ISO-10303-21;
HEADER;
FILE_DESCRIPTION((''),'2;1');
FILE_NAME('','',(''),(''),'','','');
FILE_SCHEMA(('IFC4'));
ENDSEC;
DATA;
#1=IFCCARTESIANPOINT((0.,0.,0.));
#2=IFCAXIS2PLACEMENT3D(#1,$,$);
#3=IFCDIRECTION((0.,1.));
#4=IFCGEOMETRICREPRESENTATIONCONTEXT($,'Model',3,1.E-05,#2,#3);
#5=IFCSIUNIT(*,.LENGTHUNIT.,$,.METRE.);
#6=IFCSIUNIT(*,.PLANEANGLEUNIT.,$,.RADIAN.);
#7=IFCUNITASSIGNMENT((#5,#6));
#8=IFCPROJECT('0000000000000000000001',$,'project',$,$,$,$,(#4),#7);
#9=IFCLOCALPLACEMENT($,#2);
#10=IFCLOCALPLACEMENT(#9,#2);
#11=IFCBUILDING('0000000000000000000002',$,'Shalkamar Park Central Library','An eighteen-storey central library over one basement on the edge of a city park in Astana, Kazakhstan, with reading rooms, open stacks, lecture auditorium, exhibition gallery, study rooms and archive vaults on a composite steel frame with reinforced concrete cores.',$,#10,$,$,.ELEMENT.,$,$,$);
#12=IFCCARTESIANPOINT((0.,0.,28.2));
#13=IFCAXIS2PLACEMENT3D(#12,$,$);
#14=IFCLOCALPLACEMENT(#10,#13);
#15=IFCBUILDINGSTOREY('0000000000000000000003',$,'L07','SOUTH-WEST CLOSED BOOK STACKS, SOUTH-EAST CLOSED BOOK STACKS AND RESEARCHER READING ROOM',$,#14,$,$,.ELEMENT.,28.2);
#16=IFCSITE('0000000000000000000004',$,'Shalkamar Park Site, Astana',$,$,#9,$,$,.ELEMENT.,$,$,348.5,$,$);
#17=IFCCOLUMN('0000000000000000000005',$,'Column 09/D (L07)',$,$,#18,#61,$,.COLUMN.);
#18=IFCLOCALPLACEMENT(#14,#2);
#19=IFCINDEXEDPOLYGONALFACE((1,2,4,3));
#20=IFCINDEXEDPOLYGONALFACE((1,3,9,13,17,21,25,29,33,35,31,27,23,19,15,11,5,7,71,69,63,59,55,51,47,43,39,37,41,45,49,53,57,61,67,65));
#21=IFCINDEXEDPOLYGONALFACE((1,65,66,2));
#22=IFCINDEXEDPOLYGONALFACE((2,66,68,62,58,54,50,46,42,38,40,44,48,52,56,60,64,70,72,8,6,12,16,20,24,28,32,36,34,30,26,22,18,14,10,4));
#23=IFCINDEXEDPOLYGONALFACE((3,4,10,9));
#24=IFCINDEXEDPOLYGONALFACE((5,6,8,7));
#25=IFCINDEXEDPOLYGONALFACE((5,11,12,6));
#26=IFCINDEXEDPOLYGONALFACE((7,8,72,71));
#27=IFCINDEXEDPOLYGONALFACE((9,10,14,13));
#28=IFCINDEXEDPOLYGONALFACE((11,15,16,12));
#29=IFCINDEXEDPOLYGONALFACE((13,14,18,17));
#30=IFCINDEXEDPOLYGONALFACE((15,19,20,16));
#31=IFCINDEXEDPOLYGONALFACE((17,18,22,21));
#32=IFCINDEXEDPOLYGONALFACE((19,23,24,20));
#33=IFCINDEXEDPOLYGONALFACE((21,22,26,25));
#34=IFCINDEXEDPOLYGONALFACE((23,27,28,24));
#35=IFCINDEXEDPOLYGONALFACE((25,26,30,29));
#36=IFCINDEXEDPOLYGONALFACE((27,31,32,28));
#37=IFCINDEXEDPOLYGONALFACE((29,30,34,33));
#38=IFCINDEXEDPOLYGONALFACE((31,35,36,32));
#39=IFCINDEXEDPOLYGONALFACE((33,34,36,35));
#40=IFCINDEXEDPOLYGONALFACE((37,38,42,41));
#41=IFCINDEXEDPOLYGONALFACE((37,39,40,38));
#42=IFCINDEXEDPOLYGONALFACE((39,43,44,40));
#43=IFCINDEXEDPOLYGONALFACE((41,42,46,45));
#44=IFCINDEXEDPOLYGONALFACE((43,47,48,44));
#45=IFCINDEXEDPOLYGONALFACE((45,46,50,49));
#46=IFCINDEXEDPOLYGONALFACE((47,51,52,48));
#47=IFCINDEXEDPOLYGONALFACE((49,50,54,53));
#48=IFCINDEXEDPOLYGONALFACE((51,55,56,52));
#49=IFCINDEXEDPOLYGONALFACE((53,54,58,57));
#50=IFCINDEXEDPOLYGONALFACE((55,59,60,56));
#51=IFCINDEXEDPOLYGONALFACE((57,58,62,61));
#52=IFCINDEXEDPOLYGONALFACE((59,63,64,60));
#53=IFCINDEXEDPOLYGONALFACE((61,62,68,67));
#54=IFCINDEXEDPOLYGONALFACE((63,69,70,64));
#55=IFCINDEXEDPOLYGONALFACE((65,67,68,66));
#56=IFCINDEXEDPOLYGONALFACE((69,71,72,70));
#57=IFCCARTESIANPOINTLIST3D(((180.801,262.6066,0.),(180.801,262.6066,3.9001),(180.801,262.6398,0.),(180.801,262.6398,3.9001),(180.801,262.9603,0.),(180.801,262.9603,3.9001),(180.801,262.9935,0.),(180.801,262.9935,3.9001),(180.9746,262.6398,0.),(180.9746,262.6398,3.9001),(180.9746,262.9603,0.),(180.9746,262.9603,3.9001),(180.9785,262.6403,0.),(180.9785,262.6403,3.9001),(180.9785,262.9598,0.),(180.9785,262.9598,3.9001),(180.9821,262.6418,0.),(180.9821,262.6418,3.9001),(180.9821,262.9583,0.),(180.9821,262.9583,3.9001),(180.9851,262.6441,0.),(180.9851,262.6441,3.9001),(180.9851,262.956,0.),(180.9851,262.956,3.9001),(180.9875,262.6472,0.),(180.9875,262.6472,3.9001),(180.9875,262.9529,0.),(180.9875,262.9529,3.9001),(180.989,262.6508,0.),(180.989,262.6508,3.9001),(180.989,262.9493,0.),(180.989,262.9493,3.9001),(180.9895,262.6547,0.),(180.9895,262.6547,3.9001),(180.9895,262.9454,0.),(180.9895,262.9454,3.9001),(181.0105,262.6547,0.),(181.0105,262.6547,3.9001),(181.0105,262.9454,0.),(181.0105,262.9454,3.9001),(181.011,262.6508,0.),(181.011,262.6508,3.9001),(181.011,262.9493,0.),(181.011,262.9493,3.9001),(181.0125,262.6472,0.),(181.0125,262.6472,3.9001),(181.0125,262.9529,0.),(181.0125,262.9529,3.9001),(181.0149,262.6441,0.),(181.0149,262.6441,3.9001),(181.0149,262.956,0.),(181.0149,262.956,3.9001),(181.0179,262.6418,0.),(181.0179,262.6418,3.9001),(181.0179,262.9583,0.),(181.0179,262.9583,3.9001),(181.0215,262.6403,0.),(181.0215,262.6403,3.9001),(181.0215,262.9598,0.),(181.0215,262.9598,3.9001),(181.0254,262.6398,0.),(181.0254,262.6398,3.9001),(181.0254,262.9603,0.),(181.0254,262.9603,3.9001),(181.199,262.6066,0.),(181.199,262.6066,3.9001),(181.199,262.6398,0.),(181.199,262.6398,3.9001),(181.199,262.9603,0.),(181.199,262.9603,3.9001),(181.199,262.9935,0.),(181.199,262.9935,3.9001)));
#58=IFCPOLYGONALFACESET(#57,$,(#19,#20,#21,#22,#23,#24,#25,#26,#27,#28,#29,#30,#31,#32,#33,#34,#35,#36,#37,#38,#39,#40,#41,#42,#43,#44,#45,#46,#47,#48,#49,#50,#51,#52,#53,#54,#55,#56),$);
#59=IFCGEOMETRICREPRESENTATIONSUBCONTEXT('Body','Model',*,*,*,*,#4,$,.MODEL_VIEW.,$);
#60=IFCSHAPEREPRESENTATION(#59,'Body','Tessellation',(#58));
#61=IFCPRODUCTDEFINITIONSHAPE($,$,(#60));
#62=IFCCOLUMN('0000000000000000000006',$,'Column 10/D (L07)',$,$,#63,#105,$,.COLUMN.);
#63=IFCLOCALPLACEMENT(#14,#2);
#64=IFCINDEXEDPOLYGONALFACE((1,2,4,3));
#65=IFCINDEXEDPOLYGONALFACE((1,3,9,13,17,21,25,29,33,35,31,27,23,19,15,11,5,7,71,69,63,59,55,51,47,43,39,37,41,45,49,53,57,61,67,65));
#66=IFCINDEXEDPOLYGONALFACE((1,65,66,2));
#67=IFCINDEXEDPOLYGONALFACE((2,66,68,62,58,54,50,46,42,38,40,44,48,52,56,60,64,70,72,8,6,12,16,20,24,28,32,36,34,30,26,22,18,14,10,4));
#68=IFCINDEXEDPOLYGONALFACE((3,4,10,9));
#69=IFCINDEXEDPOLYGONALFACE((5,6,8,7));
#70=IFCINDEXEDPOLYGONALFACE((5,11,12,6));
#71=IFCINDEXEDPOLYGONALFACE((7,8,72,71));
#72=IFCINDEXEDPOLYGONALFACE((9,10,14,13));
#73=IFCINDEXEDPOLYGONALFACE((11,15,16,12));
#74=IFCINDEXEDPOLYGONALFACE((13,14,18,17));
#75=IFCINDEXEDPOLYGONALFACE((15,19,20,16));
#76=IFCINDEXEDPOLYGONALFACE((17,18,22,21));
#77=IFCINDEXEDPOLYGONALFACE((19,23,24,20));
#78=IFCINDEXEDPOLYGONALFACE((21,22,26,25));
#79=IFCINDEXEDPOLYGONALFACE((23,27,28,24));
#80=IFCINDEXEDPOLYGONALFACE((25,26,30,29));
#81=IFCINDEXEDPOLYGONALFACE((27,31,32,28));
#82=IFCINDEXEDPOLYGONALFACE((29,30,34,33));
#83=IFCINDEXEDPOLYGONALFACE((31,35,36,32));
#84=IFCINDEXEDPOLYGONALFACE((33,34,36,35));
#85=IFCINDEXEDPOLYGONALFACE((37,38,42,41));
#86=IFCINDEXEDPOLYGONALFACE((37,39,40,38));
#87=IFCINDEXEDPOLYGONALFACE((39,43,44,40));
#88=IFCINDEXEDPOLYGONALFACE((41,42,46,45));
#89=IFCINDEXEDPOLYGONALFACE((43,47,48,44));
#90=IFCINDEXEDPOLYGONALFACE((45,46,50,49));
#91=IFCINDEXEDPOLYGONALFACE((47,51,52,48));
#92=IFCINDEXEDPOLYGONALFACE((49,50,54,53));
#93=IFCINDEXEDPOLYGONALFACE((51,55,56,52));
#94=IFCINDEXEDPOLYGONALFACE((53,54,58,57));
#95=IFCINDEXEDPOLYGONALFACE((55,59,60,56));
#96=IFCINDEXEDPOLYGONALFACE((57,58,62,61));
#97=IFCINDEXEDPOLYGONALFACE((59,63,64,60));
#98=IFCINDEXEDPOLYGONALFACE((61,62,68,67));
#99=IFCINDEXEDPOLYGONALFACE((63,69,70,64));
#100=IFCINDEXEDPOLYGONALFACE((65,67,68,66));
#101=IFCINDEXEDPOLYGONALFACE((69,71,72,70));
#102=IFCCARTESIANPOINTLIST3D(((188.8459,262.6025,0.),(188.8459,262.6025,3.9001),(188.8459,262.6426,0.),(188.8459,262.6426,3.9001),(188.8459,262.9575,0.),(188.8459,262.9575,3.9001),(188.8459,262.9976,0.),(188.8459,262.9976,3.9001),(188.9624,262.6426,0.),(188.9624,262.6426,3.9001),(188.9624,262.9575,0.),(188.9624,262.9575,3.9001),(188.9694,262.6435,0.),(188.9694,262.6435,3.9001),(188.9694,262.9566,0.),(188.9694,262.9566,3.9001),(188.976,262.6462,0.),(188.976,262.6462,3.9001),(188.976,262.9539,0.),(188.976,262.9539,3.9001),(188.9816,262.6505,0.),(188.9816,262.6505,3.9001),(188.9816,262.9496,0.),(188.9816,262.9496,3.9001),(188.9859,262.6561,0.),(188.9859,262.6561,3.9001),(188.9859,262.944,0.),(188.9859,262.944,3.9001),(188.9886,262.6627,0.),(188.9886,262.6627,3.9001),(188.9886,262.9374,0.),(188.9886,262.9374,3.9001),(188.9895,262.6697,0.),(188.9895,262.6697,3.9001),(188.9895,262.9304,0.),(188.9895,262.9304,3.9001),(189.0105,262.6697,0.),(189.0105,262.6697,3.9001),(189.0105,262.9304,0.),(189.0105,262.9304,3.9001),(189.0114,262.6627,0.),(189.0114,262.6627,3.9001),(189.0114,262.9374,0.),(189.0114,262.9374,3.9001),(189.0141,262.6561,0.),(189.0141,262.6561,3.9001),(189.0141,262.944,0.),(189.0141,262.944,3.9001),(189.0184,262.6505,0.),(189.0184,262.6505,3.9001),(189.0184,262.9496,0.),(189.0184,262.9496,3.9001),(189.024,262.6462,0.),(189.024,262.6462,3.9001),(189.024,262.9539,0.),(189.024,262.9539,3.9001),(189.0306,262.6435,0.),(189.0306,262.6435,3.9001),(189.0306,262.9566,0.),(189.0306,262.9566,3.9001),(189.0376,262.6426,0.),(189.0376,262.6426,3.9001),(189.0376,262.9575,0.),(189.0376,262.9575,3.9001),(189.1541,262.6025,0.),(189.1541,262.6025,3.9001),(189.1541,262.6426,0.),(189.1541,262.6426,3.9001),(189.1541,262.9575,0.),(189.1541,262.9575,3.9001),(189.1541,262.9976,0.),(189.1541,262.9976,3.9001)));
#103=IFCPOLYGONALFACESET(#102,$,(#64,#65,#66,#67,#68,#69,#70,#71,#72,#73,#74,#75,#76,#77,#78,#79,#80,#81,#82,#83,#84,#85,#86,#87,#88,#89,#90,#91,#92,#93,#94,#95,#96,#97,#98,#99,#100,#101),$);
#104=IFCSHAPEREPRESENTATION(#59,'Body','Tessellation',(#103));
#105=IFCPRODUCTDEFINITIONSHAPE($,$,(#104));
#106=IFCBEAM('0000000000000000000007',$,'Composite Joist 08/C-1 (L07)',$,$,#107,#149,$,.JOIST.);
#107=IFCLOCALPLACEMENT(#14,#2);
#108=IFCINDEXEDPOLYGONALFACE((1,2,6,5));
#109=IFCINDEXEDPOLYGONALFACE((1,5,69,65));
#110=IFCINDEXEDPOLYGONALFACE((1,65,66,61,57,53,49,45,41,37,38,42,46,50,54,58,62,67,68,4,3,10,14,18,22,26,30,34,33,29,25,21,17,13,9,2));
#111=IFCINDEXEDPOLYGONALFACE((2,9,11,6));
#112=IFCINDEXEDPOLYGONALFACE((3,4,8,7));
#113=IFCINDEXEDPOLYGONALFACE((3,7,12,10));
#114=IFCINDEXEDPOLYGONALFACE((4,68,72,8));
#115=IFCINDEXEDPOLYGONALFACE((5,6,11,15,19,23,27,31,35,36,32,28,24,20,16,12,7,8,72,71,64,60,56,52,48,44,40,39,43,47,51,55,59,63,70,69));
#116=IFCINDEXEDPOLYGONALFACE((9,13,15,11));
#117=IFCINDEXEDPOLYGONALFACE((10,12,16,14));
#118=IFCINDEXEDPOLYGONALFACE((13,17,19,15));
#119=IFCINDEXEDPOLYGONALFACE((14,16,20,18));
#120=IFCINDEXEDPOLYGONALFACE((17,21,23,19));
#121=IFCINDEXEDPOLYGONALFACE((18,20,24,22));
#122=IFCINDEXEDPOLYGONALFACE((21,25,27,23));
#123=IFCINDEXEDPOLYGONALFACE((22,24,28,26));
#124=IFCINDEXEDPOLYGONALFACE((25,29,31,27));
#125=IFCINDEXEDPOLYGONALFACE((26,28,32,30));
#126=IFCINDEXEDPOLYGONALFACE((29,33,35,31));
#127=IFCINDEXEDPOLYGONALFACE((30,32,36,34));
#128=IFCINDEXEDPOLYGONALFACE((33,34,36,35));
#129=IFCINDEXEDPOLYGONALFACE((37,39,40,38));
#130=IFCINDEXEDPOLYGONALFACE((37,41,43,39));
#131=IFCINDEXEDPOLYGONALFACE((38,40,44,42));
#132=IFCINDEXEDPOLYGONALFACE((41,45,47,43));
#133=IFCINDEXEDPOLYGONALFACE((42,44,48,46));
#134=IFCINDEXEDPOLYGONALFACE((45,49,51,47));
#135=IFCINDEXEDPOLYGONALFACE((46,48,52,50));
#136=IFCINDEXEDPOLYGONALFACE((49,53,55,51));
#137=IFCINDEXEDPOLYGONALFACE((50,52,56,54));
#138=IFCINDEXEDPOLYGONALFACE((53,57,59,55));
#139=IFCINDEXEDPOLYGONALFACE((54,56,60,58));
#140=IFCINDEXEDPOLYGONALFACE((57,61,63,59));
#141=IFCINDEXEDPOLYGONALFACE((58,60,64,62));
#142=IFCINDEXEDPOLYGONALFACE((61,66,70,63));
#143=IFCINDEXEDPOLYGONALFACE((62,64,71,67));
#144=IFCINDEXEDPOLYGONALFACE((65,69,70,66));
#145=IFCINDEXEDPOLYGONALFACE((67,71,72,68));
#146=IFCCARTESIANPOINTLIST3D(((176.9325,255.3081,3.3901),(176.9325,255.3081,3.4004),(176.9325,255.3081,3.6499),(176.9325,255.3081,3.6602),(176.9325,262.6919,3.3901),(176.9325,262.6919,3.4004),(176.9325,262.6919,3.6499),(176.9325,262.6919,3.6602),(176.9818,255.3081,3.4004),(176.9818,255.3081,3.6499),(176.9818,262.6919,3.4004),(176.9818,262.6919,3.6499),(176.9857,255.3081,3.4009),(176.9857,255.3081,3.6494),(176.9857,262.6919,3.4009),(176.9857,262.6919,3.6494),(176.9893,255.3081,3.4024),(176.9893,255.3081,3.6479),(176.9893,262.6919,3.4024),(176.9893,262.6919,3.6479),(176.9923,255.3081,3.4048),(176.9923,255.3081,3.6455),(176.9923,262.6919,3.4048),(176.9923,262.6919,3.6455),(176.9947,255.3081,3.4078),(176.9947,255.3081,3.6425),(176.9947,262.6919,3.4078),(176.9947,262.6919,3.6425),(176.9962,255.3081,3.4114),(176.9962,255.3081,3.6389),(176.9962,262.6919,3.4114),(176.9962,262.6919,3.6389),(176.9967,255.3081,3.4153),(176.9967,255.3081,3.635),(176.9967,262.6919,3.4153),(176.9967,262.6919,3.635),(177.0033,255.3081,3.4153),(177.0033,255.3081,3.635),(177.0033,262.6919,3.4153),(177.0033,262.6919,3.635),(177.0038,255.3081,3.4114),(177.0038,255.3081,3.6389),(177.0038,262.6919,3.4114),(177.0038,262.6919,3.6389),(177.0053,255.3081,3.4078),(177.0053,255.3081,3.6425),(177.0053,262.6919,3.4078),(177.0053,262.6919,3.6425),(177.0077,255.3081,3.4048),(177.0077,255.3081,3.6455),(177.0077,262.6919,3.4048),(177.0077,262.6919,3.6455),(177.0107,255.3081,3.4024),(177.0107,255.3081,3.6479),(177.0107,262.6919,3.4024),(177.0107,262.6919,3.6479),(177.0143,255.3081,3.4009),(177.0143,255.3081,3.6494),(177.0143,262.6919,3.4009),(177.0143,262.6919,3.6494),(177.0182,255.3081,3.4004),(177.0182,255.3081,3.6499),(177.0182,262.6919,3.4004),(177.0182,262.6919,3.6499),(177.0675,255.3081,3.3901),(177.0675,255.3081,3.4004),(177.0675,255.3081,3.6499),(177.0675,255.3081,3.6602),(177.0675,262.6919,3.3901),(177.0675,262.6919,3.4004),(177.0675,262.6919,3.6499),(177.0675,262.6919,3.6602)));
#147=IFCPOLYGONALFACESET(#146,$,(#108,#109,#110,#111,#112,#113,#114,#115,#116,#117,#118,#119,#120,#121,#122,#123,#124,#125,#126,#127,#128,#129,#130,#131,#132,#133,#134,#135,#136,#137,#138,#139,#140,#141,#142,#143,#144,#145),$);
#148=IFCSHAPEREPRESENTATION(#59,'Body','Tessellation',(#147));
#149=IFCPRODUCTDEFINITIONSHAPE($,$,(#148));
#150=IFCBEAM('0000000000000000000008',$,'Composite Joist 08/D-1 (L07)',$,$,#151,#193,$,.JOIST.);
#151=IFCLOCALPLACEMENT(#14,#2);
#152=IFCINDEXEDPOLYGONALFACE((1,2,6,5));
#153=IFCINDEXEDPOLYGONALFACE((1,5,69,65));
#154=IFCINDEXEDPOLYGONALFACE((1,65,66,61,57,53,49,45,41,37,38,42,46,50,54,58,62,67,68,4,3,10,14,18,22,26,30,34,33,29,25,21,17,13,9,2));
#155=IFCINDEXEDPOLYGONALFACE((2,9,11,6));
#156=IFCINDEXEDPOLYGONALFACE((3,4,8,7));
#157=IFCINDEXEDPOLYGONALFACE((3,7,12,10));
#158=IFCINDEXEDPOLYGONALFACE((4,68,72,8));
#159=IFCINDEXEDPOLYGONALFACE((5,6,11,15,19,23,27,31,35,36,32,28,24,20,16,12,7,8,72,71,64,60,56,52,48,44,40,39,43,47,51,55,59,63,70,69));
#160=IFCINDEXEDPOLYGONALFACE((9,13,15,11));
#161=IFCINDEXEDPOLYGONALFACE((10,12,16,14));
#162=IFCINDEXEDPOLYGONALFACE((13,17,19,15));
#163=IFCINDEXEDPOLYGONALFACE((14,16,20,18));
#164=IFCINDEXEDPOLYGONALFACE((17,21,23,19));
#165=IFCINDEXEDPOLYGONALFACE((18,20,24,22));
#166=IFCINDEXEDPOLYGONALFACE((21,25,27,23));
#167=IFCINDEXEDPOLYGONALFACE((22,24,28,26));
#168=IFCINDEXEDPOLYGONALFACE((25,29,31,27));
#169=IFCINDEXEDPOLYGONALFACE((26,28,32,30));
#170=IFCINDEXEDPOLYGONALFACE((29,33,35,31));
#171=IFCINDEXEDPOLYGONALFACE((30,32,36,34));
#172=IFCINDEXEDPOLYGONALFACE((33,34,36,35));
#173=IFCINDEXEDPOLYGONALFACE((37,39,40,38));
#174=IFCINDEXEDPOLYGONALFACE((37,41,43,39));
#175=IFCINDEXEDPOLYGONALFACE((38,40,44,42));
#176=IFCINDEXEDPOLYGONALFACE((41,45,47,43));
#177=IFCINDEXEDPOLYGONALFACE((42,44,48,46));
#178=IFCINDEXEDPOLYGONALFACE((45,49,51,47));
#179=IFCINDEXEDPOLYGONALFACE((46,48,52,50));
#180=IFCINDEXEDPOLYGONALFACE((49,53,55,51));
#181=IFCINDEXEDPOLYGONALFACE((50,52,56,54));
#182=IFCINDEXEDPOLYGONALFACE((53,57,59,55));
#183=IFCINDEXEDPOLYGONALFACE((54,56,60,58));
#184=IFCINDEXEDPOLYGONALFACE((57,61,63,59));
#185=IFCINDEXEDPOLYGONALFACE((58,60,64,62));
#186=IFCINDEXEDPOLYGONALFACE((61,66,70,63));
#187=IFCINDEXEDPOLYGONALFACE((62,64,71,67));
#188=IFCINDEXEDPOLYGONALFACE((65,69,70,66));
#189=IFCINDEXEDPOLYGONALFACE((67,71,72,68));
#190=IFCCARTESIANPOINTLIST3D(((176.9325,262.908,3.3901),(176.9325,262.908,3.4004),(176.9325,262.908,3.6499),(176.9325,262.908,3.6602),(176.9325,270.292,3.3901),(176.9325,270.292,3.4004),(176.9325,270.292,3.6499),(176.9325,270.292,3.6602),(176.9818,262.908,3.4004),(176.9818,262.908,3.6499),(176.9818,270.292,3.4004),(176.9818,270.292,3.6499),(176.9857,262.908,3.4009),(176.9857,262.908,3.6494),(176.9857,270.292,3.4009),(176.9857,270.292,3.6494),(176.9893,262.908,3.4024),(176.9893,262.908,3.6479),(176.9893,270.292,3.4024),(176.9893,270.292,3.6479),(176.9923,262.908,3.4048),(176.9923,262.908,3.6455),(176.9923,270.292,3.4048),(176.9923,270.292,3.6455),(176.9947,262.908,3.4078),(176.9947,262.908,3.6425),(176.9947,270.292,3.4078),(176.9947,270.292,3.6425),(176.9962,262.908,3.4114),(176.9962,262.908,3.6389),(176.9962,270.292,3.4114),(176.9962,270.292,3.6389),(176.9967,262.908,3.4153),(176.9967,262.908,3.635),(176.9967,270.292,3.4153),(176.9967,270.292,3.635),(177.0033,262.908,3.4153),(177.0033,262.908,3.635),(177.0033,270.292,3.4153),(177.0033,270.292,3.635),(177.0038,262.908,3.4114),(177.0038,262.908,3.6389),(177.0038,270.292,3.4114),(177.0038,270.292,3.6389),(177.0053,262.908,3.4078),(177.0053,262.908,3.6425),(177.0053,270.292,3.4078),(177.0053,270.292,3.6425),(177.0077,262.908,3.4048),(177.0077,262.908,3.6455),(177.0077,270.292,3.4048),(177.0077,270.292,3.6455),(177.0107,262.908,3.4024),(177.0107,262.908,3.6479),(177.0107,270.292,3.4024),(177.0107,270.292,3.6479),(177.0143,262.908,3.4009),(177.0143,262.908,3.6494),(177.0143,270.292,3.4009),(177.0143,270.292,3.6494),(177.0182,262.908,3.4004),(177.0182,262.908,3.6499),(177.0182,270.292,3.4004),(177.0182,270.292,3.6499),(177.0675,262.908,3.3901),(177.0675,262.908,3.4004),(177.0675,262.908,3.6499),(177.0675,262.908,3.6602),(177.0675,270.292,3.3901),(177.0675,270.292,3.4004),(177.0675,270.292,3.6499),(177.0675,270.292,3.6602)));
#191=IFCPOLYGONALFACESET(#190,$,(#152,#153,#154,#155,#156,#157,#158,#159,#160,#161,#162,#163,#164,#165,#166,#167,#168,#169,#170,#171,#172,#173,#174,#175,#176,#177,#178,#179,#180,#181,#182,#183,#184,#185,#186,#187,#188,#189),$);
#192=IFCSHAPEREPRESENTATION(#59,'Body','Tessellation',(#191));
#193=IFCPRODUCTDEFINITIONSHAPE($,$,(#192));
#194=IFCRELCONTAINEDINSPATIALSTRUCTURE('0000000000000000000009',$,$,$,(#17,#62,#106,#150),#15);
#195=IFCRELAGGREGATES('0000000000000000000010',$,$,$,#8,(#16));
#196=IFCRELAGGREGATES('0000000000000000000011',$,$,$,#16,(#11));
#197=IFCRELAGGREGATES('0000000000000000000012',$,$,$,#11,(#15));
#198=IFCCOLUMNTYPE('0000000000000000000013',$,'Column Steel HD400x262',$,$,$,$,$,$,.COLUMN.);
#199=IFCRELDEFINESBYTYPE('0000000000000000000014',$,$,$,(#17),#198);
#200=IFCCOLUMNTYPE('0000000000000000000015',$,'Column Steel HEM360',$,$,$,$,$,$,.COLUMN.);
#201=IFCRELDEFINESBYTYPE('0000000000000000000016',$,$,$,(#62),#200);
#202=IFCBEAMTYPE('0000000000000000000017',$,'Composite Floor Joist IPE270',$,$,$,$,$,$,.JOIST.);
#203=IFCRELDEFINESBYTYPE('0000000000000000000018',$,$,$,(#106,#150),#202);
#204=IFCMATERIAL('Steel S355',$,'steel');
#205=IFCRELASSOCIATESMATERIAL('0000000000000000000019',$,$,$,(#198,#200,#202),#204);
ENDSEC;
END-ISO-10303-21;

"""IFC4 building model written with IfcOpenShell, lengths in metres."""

from ifc_helpers import new_model, si_unit, direction, frame, origin, origin_2d, place, context, subcontext, project, spatial, i_section, extrude, material, material_profile, profile_set, type_object, element, save


model = new_model("IFC4")

# Units and contexts
model_context = context("Model", 3, precision=1e-05, world=origin(), true_north=direction((0.0, 1.0)))
body_context = subcontext(model_context, "Body", "Model", "MODEL_VIEW")
ifc_project = project(units=[si_unit("LENGTHUNIT", "METRE"), si_unit("PLANEANGLEUNIT", "RADIAN")], contexts=[model_context])

# Site, building, storey
site_placement = place(None, origin())
site = spatial("IfcSite", under=ifc_project, at=site_placement, Name="Shalkamar Park Site, Astana", CompositionType="ELEMENT", RefElevation=348.5)
building_placement = place(site_placement, origin())
building = spatial("IfcBuilding", under=site, at=building_placement, Name="Shalkamar Park Central Library", Description="An eighteen-storey central library over one basement on the edge of a city park in Astana, Kazakhstan, with reading rooms, open stacks, lecture auditorium, exhibition gallery, study rooms and archive vaults on a composite steel frame with reinforced concrete cores.", CompositionType="ELEMENT")
storey_placement = place(building_placement, frame((0.0, 0.0, 28.2)))
storey = spatial("IfcBuildingStorey", under=building, at=storey_placement, Name="L07", Description="SOUTH-WEST CLOSED BOOK STACKS, SOUTH-EAST CLOSED BOOK STACKS AND RESEARCHER READING ROOM", CompositionType="ELEMENT", Elevation=28.2)

# Columns
ifc_material_1 = material(Name="Steel S355", Category="steel")
ifc_material_profile_1 = material_profile(ifc_material_1, i_section(OverallWidth=0.3979, OverallDepth=0.387, WebThickness=0.021, FlangeThickness=0.0332, FilletRadius=0.0149, at=origin_2d()), Name="HD 400x262")
ifc_profile_set_1 = profile_set([ifc_material_profile_1], Name="Steel S355")
column_type_1 = type_object("IfcColumnType", Name="Column Steel HD400x262", PredefinedType="COLUMN", material=ifc_profile_set_1)
column_1_placement = place(storey_placement, frame((181.0, 262.8, 0.0), z_axis=(0.0, 0.0, 1.0), x_axis=(1.0, 0.0, 0.0)))
element("IfcColumn", 1, at=column_1_placement, inside=storey, type_object=column_type_1, Name="Column 09/D (L07)", PredefinedType="COLUMN", context=body_context, shape_type="SweptSolid", body=[
    extrude(i_section(OverallWidth=0.3979, OverallDepth=0.387, WebThickness=0.021, FlangeThickness=0.0332, FilletRadius=0.0149, at=origin_2d()), origin(), (0.0, 0.0, 1.0), 3.9001),
])
ifc_material_profile_2 = material_profile(ifc_material_1, i_section(OverallWidth=0.3081, OverallDepth=0.395, WebThickness=0.021, FlangeThickness=0.04, FilletRadius=0.0271, at=origin_2d()), Name="HEM 360")
ifc_profile_set_2 = profile_set([ifc_material_profile_2], Name="Steel S355")
column_type_2 = type_object("IfcColumnType", Name="Column Steel HEM360", PredefinedType="COLUMN", material=ifc_profile_set_2)
column_2_placement = place(storey_placement, frame((189.0, 262.8, 0.0), z_axis=(0.0, 0.0, 1.0), x_axis=(1.0, 0.0, 0.0)))
element("IfcColumn", 2, at=column_2_placement, inside=storey, type_object=column_type_2, Name="Column 10/D (L07)", PredefinedType="COLUMN", context=body_context, shape_type="SweptSolid", body=[
    extrude(i_section(OverallWidth=0.3081, OverallDepth=0.395, WebThickness=0.021, FlangeThickness=0.04, FilletRadius=0.0271, at=origin_2d()), origin(), (0.0, 0.0, 1.0), 3.9001),
])

# Beams
ifc_material_profile_3 = material_profile(ifc_material_1, i_section(OverallWidth=0.135, OverallDepth=0.27, WebThickness=0.0066, FlangeThickness=0.0103, FilletRadius=0.0149, at=origin_2d()), Name="IPE 270")
ifc_profile_set_3 = profile_set([ifc_material_profile_3], Name="Steel S355")
beam_type_1 = type_object("IfcBeamType", Name="Composite Floor Joist IPE270", PredefinedType="JOIST", material=ifc_profile_set_3)
beam_1_placement = place(storey_placement, frame((177.0, 255.3081, 3.5251), z_axis=(0.0, 1.0, 0.0), x_axis=(-1.0, 0.0, 0.0)))
element("IfcBeam", 3, at=beam_1_placement, inside=storey, type_object=beam_type_1, Name="Composite Joist 08/C-1 (L07)", PredefinedType="JOIST", context=body_context, shape_type="SweptSolid", body=[
    extrude(i_section(OverallWidth=0.135, OverallDepth=0.27, WebThickness=0.0066, FlangeThickness=0.0103, FilletRadius=0.0149, at=origin_2d()), origin(), (0.0, 0.0, 1.0), 7.3838),
])
beam_2_placement = place(storey_placement, frame((177.0, 262.908, 3.5251), z_axis=(0.0, 1.0, 0.0), x_axis=(-1.0, 0.0, 0.0)))
element("IfcBeam", 4, at=beam_2_placement, inside=storey, type_object=beam_type_1, Name="Composite Joist 08/D-1 (L07)", PredefinedType="JOIST", context=body_context, shape_type="SweptSolid", body=[
    extrude(i_section(OverallWidth=0.135, OverallDepth=0.27, WebThickness=0.0066, FlangeThickness=0.0103, FilletRadius=0.0149, at=origin_2d()), origin(), (0.0, 0.0, 1.0), 7.384),
])

save(model, "model.ifc")
